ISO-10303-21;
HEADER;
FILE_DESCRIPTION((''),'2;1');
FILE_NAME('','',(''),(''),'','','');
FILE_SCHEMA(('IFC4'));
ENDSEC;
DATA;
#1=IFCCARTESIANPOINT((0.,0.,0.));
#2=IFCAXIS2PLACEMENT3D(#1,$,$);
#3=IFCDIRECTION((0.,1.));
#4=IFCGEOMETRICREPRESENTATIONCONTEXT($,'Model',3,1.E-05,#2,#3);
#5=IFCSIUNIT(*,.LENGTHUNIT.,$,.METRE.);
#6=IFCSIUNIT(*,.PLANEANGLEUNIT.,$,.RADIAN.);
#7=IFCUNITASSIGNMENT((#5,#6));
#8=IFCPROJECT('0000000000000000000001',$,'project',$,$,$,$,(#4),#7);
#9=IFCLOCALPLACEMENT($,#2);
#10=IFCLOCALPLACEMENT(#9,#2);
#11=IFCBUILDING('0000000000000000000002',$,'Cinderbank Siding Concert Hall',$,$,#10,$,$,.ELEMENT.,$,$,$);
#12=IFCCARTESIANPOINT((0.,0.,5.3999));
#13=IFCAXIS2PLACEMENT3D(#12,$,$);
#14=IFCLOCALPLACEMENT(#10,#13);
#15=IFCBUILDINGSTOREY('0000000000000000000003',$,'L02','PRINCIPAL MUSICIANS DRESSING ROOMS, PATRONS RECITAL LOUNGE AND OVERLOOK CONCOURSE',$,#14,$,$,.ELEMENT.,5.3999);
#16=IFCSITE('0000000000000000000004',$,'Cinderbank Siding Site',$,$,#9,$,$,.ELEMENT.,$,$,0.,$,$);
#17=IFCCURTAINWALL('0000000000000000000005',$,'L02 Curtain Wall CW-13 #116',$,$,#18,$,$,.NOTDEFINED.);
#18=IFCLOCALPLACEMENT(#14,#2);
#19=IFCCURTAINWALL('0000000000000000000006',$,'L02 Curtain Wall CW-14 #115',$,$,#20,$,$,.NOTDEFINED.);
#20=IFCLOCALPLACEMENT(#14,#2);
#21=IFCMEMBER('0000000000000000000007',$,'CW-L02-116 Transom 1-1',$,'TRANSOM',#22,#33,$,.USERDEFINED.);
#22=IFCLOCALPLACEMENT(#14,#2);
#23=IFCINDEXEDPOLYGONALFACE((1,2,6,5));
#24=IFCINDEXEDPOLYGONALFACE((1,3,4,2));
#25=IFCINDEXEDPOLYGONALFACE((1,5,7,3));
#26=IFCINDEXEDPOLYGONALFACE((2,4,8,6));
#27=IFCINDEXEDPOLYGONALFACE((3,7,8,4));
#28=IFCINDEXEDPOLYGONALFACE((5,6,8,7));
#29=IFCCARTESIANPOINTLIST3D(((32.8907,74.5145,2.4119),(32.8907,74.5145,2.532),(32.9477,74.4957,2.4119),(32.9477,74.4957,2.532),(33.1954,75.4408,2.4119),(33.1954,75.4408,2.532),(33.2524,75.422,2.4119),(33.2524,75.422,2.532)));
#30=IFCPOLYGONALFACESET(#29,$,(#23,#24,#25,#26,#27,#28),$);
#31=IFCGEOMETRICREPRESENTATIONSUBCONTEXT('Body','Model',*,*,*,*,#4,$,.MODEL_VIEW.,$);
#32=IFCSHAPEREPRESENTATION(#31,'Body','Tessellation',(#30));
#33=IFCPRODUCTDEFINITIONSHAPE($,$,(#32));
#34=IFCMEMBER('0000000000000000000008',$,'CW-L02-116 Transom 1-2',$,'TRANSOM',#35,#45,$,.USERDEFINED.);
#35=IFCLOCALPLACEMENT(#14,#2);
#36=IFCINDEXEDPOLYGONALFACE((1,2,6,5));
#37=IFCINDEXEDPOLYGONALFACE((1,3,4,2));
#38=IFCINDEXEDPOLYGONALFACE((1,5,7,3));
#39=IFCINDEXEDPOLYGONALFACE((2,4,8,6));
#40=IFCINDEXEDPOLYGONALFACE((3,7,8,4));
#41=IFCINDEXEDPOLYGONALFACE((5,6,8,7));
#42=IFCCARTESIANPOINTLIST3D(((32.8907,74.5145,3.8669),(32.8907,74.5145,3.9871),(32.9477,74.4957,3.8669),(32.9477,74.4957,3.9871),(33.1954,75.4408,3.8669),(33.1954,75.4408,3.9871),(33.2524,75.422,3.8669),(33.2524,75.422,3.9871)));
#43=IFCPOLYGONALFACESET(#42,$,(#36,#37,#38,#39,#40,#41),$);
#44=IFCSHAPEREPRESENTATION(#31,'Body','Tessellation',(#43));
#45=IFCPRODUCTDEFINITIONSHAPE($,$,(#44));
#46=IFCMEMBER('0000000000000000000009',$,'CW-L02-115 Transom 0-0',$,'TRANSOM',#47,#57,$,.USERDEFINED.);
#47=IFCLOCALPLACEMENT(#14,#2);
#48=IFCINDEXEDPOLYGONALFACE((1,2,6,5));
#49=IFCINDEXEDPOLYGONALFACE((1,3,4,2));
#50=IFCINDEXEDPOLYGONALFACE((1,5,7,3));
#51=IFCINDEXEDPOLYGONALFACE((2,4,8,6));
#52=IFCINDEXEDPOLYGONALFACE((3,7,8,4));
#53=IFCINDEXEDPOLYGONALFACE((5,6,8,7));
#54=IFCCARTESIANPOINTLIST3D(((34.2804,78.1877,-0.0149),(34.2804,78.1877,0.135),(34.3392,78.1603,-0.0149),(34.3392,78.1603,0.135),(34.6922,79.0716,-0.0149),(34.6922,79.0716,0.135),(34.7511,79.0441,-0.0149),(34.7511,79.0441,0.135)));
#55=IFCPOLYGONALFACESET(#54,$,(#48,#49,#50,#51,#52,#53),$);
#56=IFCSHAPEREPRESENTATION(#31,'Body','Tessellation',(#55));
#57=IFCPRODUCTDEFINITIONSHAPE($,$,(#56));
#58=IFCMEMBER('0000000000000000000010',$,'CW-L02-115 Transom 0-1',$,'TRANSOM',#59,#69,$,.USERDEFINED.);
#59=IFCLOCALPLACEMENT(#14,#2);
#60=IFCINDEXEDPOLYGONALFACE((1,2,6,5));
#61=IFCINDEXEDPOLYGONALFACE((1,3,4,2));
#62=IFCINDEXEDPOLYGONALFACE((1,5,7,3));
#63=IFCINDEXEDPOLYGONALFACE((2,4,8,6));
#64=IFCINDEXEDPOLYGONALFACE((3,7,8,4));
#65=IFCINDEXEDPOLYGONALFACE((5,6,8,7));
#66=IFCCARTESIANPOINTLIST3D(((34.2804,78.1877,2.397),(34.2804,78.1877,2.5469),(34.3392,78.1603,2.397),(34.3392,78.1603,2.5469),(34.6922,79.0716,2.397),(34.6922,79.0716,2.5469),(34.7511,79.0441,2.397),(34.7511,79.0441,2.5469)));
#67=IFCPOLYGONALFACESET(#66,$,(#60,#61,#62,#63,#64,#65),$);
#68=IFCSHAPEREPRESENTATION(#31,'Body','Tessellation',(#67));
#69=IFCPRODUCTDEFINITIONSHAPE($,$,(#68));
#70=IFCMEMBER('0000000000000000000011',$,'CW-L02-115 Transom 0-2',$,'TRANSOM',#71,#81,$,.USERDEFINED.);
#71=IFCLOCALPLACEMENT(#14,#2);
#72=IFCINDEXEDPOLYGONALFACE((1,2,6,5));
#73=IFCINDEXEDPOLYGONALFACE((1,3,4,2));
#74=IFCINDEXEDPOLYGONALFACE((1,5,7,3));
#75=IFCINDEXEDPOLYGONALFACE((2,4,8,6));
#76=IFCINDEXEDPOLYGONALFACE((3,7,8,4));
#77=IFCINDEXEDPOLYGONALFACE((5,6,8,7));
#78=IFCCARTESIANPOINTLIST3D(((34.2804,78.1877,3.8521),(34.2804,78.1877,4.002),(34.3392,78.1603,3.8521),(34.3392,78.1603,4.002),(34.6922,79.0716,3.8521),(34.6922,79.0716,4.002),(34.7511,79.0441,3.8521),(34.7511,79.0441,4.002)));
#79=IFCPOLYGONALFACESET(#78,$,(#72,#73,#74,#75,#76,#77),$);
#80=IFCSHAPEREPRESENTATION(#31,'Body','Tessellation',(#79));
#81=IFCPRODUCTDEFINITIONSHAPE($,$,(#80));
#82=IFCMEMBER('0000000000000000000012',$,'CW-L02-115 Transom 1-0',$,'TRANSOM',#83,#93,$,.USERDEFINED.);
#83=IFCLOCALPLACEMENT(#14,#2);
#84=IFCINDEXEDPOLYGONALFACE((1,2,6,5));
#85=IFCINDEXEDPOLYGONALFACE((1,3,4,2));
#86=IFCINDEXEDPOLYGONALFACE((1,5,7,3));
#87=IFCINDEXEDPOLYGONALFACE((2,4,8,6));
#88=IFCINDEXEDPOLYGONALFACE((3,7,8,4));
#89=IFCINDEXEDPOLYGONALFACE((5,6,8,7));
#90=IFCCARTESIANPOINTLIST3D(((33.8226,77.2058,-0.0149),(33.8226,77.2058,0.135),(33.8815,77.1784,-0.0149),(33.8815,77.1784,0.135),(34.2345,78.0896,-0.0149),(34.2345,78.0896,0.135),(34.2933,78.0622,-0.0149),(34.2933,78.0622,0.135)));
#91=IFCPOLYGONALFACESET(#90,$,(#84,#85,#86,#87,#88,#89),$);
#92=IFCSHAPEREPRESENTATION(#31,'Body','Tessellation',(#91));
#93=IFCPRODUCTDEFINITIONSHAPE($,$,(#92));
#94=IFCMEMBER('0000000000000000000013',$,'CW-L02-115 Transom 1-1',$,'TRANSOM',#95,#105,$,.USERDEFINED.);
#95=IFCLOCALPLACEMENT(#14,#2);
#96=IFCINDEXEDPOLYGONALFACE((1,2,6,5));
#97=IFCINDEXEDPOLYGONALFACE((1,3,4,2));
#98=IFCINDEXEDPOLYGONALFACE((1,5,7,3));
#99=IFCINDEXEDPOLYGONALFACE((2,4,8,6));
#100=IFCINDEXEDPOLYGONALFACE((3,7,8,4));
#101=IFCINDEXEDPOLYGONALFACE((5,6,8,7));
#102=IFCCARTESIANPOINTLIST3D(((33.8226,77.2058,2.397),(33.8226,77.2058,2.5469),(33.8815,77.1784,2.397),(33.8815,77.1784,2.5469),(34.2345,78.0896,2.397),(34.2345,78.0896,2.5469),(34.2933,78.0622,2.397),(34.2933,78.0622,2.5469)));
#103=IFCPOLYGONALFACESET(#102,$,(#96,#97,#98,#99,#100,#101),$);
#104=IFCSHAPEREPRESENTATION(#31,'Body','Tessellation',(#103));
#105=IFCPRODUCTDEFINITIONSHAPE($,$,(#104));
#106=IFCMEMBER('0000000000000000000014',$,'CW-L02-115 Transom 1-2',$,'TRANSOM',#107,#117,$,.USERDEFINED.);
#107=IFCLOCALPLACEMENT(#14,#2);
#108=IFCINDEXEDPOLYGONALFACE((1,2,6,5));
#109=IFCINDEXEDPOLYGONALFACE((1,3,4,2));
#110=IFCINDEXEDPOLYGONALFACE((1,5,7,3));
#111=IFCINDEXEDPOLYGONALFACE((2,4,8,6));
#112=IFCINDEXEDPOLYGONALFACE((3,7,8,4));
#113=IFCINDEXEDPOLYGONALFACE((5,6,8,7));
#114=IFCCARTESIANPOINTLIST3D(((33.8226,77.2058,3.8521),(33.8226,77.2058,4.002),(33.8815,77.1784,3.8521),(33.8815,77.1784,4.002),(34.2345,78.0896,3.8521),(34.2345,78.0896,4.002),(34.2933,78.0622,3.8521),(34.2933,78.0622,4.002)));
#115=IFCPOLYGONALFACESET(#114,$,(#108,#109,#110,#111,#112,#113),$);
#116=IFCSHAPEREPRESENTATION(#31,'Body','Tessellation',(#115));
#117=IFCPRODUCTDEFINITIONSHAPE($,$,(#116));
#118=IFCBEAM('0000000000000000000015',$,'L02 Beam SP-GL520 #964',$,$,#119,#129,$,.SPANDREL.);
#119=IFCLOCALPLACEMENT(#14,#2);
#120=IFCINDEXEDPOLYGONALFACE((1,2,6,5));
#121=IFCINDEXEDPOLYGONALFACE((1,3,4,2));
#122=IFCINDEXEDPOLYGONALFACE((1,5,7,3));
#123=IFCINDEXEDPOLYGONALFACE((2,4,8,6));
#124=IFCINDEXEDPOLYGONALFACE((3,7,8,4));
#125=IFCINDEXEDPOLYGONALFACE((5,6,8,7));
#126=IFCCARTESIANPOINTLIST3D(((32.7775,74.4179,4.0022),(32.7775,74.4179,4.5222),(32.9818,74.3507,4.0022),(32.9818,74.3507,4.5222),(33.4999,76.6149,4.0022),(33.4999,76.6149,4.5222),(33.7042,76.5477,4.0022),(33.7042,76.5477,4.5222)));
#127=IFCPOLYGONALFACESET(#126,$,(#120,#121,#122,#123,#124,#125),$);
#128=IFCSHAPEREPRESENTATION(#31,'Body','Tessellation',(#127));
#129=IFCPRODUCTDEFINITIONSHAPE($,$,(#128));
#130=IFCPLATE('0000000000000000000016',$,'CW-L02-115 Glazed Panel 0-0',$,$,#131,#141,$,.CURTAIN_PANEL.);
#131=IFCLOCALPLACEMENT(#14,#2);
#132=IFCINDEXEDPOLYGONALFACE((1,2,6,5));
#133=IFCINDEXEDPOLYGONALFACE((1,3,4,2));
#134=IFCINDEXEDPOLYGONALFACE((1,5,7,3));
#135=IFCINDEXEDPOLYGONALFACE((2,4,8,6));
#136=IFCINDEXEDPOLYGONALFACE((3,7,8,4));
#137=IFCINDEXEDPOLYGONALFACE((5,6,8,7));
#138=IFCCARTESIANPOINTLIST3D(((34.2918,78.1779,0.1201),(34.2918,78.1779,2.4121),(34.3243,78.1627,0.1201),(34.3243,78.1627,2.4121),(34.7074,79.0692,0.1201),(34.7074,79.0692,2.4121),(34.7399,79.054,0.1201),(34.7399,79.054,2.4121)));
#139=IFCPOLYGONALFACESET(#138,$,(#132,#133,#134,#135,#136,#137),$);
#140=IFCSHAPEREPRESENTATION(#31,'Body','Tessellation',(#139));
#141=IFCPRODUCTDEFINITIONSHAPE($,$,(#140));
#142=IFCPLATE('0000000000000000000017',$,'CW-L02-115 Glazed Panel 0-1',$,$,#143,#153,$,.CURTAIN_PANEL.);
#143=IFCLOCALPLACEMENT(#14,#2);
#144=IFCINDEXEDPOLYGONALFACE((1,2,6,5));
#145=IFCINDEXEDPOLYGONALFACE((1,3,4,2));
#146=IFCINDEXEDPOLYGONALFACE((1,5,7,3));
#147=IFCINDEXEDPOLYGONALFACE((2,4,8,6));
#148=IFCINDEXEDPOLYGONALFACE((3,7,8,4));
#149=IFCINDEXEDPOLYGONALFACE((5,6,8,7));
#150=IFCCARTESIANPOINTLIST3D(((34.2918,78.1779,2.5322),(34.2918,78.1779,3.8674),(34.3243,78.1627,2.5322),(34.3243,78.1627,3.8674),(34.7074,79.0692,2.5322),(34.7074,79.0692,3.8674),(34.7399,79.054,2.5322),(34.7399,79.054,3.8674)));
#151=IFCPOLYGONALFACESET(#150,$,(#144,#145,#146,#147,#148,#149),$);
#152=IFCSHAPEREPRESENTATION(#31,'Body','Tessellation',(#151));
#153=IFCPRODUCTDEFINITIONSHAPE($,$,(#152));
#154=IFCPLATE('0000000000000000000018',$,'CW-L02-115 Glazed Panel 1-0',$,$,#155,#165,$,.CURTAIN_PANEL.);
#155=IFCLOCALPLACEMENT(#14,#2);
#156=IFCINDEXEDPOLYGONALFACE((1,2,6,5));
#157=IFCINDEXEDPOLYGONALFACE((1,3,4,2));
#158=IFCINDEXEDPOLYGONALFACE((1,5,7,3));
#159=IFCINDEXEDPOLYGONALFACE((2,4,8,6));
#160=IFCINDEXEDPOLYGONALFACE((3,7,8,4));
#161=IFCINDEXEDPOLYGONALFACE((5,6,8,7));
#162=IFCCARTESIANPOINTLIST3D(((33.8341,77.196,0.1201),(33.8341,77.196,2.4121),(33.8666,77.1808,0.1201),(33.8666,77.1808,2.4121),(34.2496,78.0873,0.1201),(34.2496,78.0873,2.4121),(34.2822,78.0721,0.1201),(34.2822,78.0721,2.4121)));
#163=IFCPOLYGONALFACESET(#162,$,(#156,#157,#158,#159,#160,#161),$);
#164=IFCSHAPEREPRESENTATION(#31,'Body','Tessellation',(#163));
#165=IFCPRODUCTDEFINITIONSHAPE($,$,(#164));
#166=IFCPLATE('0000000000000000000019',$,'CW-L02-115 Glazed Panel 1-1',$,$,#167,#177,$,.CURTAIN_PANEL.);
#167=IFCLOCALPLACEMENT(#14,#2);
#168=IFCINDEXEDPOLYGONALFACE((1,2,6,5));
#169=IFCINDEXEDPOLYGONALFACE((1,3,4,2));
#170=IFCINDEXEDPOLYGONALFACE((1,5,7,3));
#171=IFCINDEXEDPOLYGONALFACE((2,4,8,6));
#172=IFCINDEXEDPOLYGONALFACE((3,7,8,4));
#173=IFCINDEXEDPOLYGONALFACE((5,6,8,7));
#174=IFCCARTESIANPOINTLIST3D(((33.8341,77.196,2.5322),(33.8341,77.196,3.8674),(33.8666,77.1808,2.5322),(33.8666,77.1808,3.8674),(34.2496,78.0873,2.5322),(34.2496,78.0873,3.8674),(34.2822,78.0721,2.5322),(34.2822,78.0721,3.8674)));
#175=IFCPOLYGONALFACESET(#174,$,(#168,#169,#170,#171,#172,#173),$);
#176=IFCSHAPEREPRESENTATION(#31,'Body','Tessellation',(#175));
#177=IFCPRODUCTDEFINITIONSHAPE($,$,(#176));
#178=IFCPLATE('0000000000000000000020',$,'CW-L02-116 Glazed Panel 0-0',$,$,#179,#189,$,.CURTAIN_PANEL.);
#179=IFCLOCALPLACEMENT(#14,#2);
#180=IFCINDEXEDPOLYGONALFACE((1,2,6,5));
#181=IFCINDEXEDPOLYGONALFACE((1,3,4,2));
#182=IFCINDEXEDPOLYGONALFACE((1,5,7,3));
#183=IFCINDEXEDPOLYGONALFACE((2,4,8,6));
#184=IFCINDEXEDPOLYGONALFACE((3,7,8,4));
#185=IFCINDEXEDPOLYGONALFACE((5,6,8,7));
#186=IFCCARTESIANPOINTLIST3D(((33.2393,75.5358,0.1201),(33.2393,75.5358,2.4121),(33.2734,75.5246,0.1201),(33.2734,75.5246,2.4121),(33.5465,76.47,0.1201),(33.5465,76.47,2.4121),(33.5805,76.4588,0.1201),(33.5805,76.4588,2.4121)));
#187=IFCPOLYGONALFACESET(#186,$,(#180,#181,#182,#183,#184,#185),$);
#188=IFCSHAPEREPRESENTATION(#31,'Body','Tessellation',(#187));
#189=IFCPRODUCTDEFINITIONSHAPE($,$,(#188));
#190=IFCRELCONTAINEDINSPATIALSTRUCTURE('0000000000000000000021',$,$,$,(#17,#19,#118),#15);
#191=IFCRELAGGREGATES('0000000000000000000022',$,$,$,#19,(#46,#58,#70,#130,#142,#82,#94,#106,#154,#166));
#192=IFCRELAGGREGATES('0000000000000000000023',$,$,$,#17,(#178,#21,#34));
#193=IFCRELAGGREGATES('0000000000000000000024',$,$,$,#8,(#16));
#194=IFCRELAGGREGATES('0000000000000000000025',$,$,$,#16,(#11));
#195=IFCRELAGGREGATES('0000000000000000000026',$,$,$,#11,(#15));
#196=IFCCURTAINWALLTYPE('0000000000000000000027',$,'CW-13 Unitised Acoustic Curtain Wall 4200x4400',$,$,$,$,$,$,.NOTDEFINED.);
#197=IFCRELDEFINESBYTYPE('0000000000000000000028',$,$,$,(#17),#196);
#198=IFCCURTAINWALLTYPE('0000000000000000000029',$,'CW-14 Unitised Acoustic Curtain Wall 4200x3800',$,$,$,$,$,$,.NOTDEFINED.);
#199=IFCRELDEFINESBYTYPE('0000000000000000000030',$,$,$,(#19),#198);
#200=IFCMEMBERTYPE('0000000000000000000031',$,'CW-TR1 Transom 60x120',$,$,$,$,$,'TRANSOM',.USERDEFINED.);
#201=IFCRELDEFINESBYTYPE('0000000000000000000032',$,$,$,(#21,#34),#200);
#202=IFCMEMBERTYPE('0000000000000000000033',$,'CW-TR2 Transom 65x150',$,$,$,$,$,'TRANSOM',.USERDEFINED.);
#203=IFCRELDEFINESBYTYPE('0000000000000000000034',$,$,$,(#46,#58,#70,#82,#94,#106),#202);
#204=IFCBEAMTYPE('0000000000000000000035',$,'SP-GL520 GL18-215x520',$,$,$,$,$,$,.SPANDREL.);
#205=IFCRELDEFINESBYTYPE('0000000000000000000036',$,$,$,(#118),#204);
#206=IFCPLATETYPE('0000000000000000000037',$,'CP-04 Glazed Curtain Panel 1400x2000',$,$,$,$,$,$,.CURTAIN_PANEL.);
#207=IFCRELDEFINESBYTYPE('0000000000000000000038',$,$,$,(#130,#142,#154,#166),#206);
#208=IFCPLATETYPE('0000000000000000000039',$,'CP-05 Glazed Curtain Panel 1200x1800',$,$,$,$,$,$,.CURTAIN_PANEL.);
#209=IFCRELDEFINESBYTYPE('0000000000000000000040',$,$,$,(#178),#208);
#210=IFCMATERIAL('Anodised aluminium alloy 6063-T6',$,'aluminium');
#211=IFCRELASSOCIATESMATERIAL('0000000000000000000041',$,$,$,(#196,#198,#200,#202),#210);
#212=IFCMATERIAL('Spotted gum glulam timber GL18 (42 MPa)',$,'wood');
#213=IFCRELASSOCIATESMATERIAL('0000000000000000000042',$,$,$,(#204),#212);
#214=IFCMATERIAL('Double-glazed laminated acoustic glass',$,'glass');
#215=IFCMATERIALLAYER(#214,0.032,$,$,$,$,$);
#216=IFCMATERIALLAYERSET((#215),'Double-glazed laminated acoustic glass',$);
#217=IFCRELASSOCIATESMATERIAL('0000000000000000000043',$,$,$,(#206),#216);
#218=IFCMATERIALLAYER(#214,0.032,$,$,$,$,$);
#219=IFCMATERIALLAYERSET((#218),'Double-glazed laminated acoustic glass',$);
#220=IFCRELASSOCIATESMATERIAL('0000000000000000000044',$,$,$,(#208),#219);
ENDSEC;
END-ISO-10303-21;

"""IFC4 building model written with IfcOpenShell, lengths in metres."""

from ifc_helpers import new_model, si_unit, direction, frame, origin, origin_2d, place, context, subcontext, project, spatial, rectangle, extrude, material, layer, layer_set, material_profile, profile_set, type_object, element, aggregate, save


model = new_model("IFC4")

# Units and contexts
model_context = context("Model", 3, precision=1e-05, world=origin(), true_north=direction((0.0, 1.0)))
body_context = subcontext(model_context, "Body", "Model", "MODEL_VIEW")
ifc_project = project(units=[si_unit("LENGTHUNIT", "METRE"), si_unit("PLANEANGLEUNIT", "RADIAN")], contexts=[model_context])

# Site, building, storey
site_placement = place(None, origin())
site = spatial("IfcSite", under=ifc_project, at=site_placement, Name="Cinderbank Siding Site", CompositionType="ELEMENT", RefElevation=0.0)
building_placement = place(site_placement, origin())
building = spatial("IfcBuilding", under=site, at=building_placement, Name="Cinderbank Siding Concert Hall", CompositionType="ELEMENT")
storey_placement = place(building_placement, frame((0.0, 0.0, 5.3999)))
storey = spatial("IfcBuildingStorey", under=building, at=storey_placement, Name="L02", Description="PRINCIPAL MUSICIANS DRESSING ROOMS, PATRONS RECITAL LOUNGE AND OVERLOOK CONCOURSE", CompositionType="ELEMENT", Elevation=5.3999)

# Curtain walls
ifc_material_1 = material(Name="Anodised aluminium alloy 6063-T6", Category="aluminium")
curtain_wall_type_1 = type_object("IfcCurtainWallType", Name="CW-13 Unitised Acoustic Curtain Wall 4200x4400", PredefinedType="NOTDEFINED", material=ifc_material_1)
curtain_wall_1_placement = place(storey_placement, origin())
curtain_wall_1 = element("IfcCurtainWall", 1, at=curtain_wall_1_placement, inside=storey, type_object=curtain_wall_type_1, Name="L02 Curtain Wall CW-13 #116", PredefinedType="NOTDEFINED")
curtain_wall_type_2 = type_object("IfcCurtainWallType", Name="CW-14 Unitised Acoustic Curtain Wall 4200x3800", PredefinedType="NOTDEFINED", material=ifc_material_1)
curtain_wall_2_placement = place(storey_placement, origin())
curtain_wall_2 = element("IfcCurtainWall", 2, at=curtain_wall_2_placement, inside=storey, type_object=curtain_wall_type_2, Name="L02 Curtain Wall CW-14 #115", PredefinedType="NOTDEFINED")

# Members
ifc_material_profile_1 = material_profile(ifc_material_1, rectangle(XDim=0.0601, YDim=0.1201, at=origin_2d()), Name="ALU-TRAN-60x120", Category="LoadBearing")
ifc_profile_set_1 = profile_set([ifc_material_profile_1], Name="Anodised aluminium alloy 6063-T6")
member_type_1 = type_object("IfcMemberType", Name="CW-TR1 Transom 60x120", ElementType="TRANSOM", PredefinedType="USERDEFINED", material=ifc_profile_set_1)
member_1_placement = place(storey_placement, frame((33.2239, 75.4314, 2.4719), z_axis=(-0.31247, -0.949928, 0.0), x_axis=(0.949928, -0.31247, 0.0)))
member_1 = element("IfcMember", 3, at=member_1_placement, type_object=member_type_1, Name="CW-L02-116 Transom 1-1", ObjectType="TRANSOM", PredefinedType="USERDEFINED", context=body_context, shape_type="SweptSolid", body=[
    extrude(rectangle(XDim=0.0601, YDim=0.1201, at=origin_2d()), origin(), (0.0, 0.0, 1.0), 0.9751),
])
member_2_placement = place(storey_placement, frame((33.2239, 75.4314, 3.927), z_axis=(-0.31247, -0.949928, 0.0), x_axis=(0.949928, -0.31247, 0.0)))
member_2 = element("IfcMember", 4, at=member_2_placement, type_object=member_type_1, Name="CW-L02-116 Transom 1-2", ObjectType="TRANSOM", PredefinedType="USERDEFINED", context=body_context, shape_type="SweptSolid", body=[
    extrude(rectangle(XDim=0.0601, YDim=0.1201, at=origin_2d()), origin(), (0.0, 0.0, 1.0), 0.9751),
])
ifc_material_profile_2 = material_profile(ifc_material_1, rectangle(XDim=0.0649, YDim=0.1499, at=origin_2d()), Name="ALU-TRAN-65x150", Category="LoadBearing")
ifc_profile_set_2 = profile_set([ifc_material_profile_2], Name="Anodised aluminium alloy 6063-T6")
member_type_2 = type_object("IfcMemberType", Name="CW-TR2 Transom 65x150", ElementType="TRANSOM", PredefinedType="USERDEFINED", material=ifc_profile_set_2)
member_3_placement = place(storey_placement, frame((34.7217, 79.0579, 0.0601), z_axis=(-0.422406, -0.906407, 0.0), x_axis=(0.906407, -0.422406, 0.0)))
member_3 = element("IfcMember", 5, at=member_3_placement, type_object=member_type_2, Name="CW-L02-115 Transom 0-0", ObjectType="TRANSOM", PredefinedType="USERDEFINED", context=body_context, shape_type="SweptSolid", body=[
    extrude(rectangle(XDim=0.0649, YDim=0.1499, at=origin_2d()), origin(), (0.0, 0.0, 1.0), 0.9751),
])
member_4_placement = place(storey_placement, frame((34.7217, 79.0579, 2.4719), z_axis=(-0.422406, -0.906407, 0.0), x_axis=(0.906407, -0.422406, 0.0)))
member_4 = element("IfcMember", 6, at=member_4_placement, type_object=member_type_2, Name="CW-L02-115 Transom 0-1", ObjectType="TRANSOM", PredefinedType="USERDEFINED", context=body_context, shape_type="SweptSolid", body=[
    extrude(rectangle(XDim=0.0649, YDim=0.1499, at=origin_2d()), origin(), (0.0, 0.0, 1.0), 0.9751),
])
member_5_placement = place(storey_placement, frame((34.7217, 79.0579, 3.927), z_axis=(-0.422406, -0.906407, 0.0), x_axis=(0.906407, -0.422406, 0.0)))
member_5 = element("IfcMember", 7, at=member_5_placement, type_object=member_type_2, Name="CW-L02-115 Transom 0-2", ObjectType="TRANSOM", PredefinedType="USERDEFINED", context=body_context, shape_type="SweptSolid", body=[
    extrude(rectangle(XDim=0.0649, YDim=0.1499, at=origin_2d()), origin(), (0.0, 0.0, 1.0), 0.9751),
])
member_6_placement = place(storey_placement, frame((34.2639, 78.0759, 0.0601), z_axis=(-0.422406, -0.906407, 0.0), x_axis=(0.906407, -0.422406, 0.0)))
member_6 = element("IfcMember", 8, at=member_6_placement, type_object=member_type_2, Name="CW-L02-115 Transom 1-0", ObjectType="TRANSOM", PredefinedType="USERDEFINED", context=body_context, shape_type="SweptSolid", body=[
    extrude(rectangle(XDim=0.0649, YDim=0.1499, at=origin_2d()), origin(), (0.0, 0.0, 1.0), 0.9751),
])
member_7_placement = place(storey_placement, frame((34.2639, 78.0759, 2.4719), z_axis=(-0.422406, -0.906407, 0.0), x_axis=(0.906407, -0.422406, 0.0)))
member_7 = element("IfcMember", 9, at=member_7_placement, type_object=member_type_2, Name="CW-L02-115 Transom 1-1", ObjectType="TRANSOM", PredefinedType="USERDEFINED", context=body_context, shape_type="SweptSolid", body=[
    extrude(rectangle(XDim=0.0649, YDim=0.1499, at=origin_2d()), origin(), (0.0, 0.0, 1.0), 0.9751),
])
member_8_placement = place(storey_placement, frame((34.2639, 78.0759, 3.927), z_axis=(-0.422406, -0.906407, 0.0), x_axis=(0.906407, -0.422406, 0.0)))
member_8 = element("IfcMember", 10, at=member_8_placement, type_object=member_type_2, Name="CW-L02-115 Transom 1-2", ObjectType="TRANSOM", PredefinedType="USERDEFINED", context=body_context, shape_type="SweptSolid", body=[
    extrude(rectangle(XDim=0.0649, YDim=0.1499, at=origin_2d()), origin(), (0.0, 0.0, 1.0), 0.9751),
])

# Beam
ifc_material_2 = material(Name="Spotted gum glulam timber GL18 (42 MPa)", Category="wood")
ifc_material_profile_3 = material_profile(ifc_material_2, rectangle(XDim=0.2151, YDim=0.52, at=origin_2d()), Name="GL18-215x520", Category="LoadBearing")
ifc_profile_set_3 = profile_set([ifc_material_profile_3], Name="Spotted gum glulam timber GL18 (42 MPa)")
beam_type_1 = type_object("IfcBeamType", Name="SP-GL520 GL18-215x520", PredefinedType="SPANDREL", material=ifc_profile_set_3)
beam_1_placement = place(storey_placement, frame((33.6021, 76.5813, 4.2622), z_axis=(-0.312362, -0.949963, 0.0), x_axis=(0.949963, -0.312362, 0.0)))
element("IfcBeam", 11, at=beam_1_placement, inside=storey, type_object=beam_type_1, Name="L02 Beam SP-GL520 #964", PredefinedType="SPANDREL", context=body_context, shape_type="SweptSolid", body=[
    extrude(rectangle(XDim=0.2151, YDim=0.52, at=origin_2d()), origin(), (0.0, 0.0, 1.0), 2.3127),
])

# Plates
ifc_material_3 = material(Name="Double-glazed laminated acoustic glass", Category="glass")
ifc_layer_1 = layer(ifc_material_3, 0.032)
ifc_layer_set_1 = layer_set([ifc_layer_1], Name="Double-glazed laminated acoustic glass")
plate_type_1 = type_object("IfcPlateType", Name="CP-04 Glazed Curtain Panel 1400x2000", PredefinedType="CURTAIN_PANEL", material=ifc_layer_set_1)
plate_1_placement = place(storey_placement, frame((34.5159, 78.616, 0.1201), z_axis=(0.0, 0.0, 1.0), x_axis=(-0.422597, -0.906318, 0.0)))
plate_1 = element("IfcPlate", 12, at=plate_1_placement, type_object=plate_type_1, Name="CW-L02-115 Glazed Panel 0-0", PredefinedType="CURTAIN_PANEL", context=body_context, shape_type="SweptSolid", body=[
    extrude(rectangle(XDim=0.9834, YDim=0.0359, at=origin_2d()), origin(), (0.0, 0.0, 1.0), 2.292),
])
plate_2_placement = place(storey_placement, frame((34.5159, 78.616, 2.5322), z_axis=(0.0, 0.0, 1.0), x_axis=(-0.422597, -0.906318, 0.0)))
plate_2 = element("IfcPlate", 13, at=plate_2_placement, type_object=plate_type_1, Name="CW-L02-115 Glazed Panel 0-1", PredefinedType="CURTAIN_PANEL", context=body_context, shape_type="SweptSolid", body=[
    extrude(rectangle(XDim=0.9834, YDim=0.0359, at=origin_2d()), origin(), (0.0, 0.0, 1.0), 1.3352),
])
plate_3_placement = place(storey_placement, frame((34.0581, 77.634, 0.1201), z_axis=(0.0, 0.0, 1.0), x_axis=(-0.422597, -0.906318, 0.0)))
plate_3 = element("IfcPlate", 14, at=plate_3_placement, type_object=plate_type_1, Name="CW-L02-115 Glazed Panel 1-0", PredefinedType="CURTAIN_PANEL", context=body_context, shape_type="SweptSolid", body=[
    extrude(rectangle(XDim=0.9834, YDim=0.0359, at=origin_2d()), origin(), (0.0, 0.0, 1.0), 2.292),
])
plate_4_placement = place(storey_placement, frame((34.0581, 77.634, 2.5322), z_axis=(0.0, 0.0, 1.0), x_axis=(-0.422597, -0.906318, 0.0)))
plate_4 = element("IfcPlate", 15, at=plate_4_placement, type_object=plate_type_1, Name="CW-L02-115 Glazed Panel 1-1", PredefinedType="CURTAIN_PANEL", context=body_context, shape_type="SweptSolid", body=[
    extrude(rectangle(XDim=0.9834, YDim=0.0359, at=origin_2d()), origin(), (0.0, 0.0, 1.0), 1.3352),
])
aggregate(curtain_wall_2, [member_3, member_4, member_5, plate_1, plate_2, member_6, member_7, member_8, plate_3, plate_4])
ifc_layer_2 = layer(ifc_material_3, 0.032)
ifc_layer_set_2 = layer_set([ifc_layer_2], Name="Double-glazed laminated acoustic glass")
plate_type_2 = type_object("IfcPlateType", Name="CP-05 Glazed Curtain Panel 1200x1800", PredefinedType="CURTAIN_PANEL", material=ifc_layer_set_2)
plate_5_placement = place(storey_placement, frame((33.4099, 75.9973, 0.1201), z_axis=(0.0, 0.0, 1.0), x_axis=(-0.312358, -0.949965, 0.0)))
plate_5 = element("IfcPlate", 16, at=plate_5_placement, type_object=plate_type_2, Name="CW-L02-116 Glazed Panel 0-0", PredefinedType="CURTAIN_PANEL", context=body_context, shape_type="SweptSolid", body=[
    extrude(rectangle(XDim=0.9834, YDim=0.0359, at=origin_2d()), origin(), (0.0, 0.0, 1.0), 2.292),
])
aggregate(curtain_wall_1, [plate_5, member_1, member_2])

save(model, "model.ifc")
